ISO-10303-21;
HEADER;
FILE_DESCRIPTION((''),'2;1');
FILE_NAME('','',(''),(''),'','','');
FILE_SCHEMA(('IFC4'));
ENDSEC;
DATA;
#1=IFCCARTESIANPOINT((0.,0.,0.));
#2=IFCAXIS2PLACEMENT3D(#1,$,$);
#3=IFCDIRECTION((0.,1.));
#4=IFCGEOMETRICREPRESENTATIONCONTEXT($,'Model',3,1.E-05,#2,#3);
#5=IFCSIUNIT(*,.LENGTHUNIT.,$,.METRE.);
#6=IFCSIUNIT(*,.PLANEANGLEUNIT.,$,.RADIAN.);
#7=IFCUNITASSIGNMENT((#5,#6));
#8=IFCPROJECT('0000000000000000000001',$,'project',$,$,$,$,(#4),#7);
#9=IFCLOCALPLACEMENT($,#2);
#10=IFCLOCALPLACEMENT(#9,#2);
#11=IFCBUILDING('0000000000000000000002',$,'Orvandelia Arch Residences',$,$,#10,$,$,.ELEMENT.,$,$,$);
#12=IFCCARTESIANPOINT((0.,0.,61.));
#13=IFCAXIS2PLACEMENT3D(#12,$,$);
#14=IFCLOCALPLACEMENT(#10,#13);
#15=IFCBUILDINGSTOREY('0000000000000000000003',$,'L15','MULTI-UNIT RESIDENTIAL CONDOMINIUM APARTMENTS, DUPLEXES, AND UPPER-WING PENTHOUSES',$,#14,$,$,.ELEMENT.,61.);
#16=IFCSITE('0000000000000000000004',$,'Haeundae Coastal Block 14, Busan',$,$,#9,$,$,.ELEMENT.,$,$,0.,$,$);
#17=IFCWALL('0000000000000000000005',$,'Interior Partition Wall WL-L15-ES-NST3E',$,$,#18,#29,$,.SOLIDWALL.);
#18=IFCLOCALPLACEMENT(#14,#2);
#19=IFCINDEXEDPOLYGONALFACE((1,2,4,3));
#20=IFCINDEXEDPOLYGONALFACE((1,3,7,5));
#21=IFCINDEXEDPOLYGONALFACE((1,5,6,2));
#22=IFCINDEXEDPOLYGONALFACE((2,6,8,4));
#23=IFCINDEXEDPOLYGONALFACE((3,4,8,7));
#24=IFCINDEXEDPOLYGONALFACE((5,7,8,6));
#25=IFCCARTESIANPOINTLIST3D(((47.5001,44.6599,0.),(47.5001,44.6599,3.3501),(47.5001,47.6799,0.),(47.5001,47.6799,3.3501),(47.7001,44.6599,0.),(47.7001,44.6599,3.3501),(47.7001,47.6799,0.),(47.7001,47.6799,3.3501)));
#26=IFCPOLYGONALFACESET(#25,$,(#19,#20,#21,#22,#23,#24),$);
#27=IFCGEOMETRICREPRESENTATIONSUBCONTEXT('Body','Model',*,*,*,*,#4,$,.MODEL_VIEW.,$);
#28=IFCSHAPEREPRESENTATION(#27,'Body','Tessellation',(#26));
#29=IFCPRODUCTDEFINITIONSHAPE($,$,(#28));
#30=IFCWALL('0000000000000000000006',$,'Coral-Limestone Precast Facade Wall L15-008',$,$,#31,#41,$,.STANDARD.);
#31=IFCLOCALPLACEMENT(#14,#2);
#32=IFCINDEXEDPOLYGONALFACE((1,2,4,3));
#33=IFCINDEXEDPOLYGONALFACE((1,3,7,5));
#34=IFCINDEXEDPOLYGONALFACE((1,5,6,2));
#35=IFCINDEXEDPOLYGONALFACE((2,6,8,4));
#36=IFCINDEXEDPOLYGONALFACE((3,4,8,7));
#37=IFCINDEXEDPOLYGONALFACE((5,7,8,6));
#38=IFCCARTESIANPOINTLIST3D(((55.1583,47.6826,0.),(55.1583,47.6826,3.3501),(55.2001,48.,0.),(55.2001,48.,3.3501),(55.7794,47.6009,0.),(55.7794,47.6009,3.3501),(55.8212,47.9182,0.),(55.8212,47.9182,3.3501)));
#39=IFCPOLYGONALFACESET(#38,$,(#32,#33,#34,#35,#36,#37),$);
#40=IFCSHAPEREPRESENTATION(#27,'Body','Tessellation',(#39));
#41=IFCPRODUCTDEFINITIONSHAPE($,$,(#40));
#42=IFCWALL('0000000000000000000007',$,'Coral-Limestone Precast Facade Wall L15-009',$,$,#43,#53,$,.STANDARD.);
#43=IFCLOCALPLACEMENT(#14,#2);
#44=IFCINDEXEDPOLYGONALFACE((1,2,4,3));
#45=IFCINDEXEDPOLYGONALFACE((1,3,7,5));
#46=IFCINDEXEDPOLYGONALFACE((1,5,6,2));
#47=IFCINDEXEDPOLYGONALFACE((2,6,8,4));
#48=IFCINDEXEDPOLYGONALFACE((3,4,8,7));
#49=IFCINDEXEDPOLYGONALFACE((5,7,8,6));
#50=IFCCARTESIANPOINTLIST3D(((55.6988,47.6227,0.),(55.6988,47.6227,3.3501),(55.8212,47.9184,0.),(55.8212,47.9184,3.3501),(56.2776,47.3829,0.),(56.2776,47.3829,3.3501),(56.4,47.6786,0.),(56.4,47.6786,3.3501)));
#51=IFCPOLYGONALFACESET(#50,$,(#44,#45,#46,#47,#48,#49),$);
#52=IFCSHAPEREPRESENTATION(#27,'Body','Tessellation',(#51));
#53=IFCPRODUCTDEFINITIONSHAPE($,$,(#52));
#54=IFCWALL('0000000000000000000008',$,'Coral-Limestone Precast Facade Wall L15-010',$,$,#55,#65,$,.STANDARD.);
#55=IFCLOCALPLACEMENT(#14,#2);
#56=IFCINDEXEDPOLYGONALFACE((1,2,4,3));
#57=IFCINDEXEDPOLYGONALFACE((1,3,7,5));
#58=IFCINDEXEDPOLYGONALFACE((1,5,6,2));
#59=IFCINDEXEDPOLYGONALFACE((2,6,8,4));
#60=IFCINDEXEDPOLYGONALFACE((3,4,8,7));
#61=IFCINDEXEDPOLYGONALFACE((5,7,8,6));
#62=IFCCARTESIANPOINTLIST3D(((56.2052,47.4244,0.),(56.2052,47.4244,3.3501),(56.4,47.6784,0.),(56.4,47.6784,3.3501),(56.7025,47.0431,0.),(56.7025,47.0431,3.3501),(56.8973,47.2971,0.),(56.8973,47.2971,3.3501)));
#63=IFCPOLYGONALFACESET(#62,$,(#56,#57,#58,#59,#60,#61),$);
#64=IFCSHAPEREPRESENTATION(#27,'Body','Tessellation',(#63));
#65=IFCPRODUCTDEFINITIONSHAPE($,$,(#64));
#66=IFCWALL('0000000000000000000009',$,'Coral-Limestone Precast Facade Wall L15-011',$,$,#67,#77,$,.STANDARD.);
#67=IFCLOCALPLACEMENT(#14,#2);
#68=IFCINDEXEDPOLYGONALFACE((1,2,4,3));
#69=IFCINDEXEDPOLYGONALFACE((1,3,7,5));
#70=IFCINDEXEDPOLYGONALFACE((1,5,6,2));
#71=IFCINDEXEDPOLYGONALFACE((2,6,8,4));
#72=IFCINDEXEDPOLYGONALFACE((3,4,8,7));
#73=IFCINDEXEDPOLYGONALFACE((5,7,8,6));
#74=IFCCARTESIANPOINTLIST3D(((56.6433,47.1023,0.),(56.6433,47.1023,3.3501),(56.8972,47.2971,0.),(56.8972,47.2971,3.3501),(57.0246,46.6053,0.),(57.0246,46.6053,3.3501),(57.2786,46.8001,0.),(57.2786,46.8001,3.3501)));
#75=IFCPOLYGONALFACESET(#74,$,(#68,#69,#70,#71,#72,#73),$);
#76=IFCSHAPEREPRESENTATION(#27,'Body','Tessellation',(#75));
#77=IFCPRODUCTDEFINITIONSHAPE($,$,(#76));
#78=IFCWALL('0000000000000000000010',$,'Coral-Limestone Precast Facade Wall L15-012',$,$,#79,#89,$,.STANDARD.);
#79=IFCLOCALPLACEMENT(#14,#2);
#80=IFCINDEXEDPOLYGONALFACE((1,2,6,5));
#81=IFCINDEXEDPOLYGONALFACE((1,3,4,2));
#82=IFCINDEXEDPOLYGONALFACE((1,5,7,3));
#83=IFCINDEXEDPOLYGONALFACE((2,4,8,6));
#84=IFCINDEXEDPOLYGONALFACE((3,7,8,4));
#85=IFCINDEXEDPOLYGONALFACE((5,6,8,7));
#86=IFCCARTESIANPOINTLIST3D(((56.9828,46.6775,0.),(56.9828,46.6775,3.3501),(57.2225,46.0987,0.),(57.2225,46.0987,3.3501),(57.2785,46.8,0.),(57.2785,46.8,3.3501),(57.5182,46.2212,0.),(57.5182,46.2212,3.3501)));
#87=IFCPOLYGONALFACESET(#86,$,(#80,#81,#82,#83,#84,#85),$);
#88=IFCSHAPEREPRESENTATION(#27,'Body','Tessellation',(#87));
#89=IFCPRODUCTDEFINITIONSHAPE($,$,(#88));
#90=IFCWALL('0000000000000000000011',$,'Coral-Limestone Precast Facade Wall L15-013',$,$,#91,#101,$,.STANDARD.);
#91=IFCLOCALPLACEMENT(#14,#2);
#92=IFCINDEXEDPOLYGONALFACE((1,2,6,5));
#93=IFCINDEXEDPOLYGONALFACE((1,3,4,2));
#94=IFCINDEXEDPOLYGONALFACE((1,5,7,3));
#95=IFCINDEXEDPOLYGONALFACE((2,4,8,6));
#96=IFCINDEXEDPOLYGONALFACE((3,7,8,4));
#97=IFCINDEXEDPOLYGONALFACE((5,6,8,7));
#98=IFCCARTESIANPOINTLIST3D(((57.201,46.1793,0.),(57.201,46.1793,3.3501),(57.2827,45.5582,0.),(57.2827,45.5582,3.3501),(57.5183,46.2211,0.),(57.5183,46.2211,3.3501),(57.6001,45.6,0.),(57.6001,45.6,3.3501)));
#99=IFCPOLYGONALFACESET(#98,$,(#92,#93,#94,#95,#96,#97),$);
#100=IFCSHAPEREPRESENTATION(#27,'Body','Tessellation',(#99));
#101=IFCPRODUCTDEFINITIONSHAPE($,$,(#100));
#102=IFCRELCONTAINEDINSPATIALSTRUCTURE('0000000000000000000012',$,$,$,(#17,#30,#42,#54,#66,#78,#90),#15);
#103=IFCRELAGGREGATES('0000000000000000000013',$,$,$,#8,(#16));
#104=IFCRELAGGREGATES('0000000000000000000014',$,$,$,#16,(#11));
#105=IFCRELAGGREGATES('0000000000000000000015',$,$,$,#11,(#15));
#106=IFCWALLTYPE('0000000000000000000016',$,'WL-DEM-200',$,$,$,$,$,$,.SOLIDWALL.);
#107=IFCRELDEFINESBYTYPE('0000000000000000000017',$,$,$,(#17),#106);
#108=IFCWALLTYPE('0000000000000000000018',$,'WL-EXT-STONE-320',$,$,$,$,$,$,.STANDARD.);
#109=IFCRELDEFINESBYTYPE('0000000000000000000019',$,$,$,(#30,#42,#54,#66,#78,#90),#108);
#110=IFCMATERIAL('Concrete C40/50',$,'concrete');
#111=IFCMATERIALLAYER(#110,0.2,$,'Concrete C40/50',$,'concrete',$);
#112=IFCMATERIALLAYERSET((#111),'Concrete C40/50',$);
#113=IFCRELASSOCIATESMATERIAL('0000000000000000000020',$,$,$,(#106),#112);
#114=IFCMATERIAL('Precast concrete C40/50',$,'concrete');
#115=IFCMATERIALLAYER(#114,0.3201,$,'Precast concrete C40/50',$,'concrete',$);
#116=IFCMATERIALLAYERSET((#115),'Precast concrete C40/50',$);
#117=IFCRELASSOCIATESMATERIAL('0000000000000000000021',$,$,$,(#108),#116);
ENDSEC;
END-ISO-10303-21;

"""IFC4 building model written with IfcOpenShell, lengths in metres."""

from ifc_helpers import new_model, si_unit, direction, frame, frame_2d, origin, place, context, subcontext, project, spatial, rectangle, extrude, material, layer, layer_set, type_object, element, save


model = new_model("IFC4")

# Units and contexts
model_context = context("Model", 3, precision=1e-05, world=origin(), true_north=direction((0.0, 1.0)))
body_context = subcontext(model_context, "Body", "Model", "MODEL_VIEW")
ifc_project = project(units=[si_unit("LENGTHUNIT", "METRE"), si_unit("PLANEANGLEUNIT", "RADIAN")], contexts=[model_context])

# Site, building, storey
site_placement = place(None, origin())
site = spatial("IfcSite", under=ifc_project, at=site_placement, Name="Haeundae Coastal Block 14, Busan", CompositionType="ELEMENT", RefElevation=0.0)
building_placement = place(site_placement, origin())
building = spatial("IfcBuilding", under=site, at=building_placement, Name="Orvandelia Arch Residences", CompositionType="ELEMENT")
storey_placement = place(building_placement, frame((0.0, 0.0, 61.0)))
storey = spatial("IfcBuildingStorey", under=building, at=storey_placement, Name="L15", Description="MULTI-UNIT RESIDENTIAL CONDOMINIUM APARTMENTS, DUPLEXES, AND UPPER-WING PENTHOUSES", CompositionType="ELEMENT", Elevation=61.0)

# Walls
ifc_material_1 = material(Name="Concrete C40/50", Category="concrete")
ifc_layer_1 = layer(ifc_material_1, 0.2, Name="Concrete C40/50", Category="concrete")
ifc_layer_set_1 = layer_set([ifc_layer_1], Name="Concrete C40/50")
wall_type_1 = type_object("IfcWallType", Name="WL-DEM-200", PredefinedType="SOLIDWALL", material=ifc_layer_set_1)
wall_1_placement = place(storey_placement, frame((47.6001, 44.6599, 0.0), z_axis=(0.0, 0.0, 1.0), x_axis=(0.0, 1.0, 0.0)))
element("IfcWall", 1, at=wall_1_placement, inside=storey, type_object=wall_type_1, Name="Interior Partition Wall WL-L15-ES-NST3E", PredefinedType="SOLIDWALL", context=body_context, shape_type="SweptSolid", body=[
    extrude(rectangle(XDim=3.02, YDim=0.2, at=frame_2d((1.51, 0.0))), origin(), (0.0, 0.0, 1.0), 3.3501),
])
ifc_material_2 = material(Name="Precast concrete C40/50", Category="concrete")
ifc_layer_2 = layer(ifc_material_2, 0.3201, Name="Precast concrete C40/50", Category="concrete")
ifc_layer_set_2 = layer_set([ifc_layer_2], Name="Precast concrete C40/50")
wall_type_2 = type_object("IfcWallType", Name="WL-EXT-STONE-320", PredefinedType="STANDARD", material=ifc_layer_set_2)
for number, where, z_axis, x_axis, name in (
    (2, (55.1792, 47.8413, 0.0), (0.0, 0.0, 1.0), (0.991441, -0.130555, 0.0), "Coral-Limestone Precast Facade Wall L15-008"),
    (3, (55.76, 47.7705, 0.0), (0.0, 0.0, 1.0), (0.923893, -0.38265, 0.0), "Coral-Limestone Precast Facade Wall L15-009"),
):
    element("IfcWall", number, at=place(storey_placement, frame(where, z_axis=z_axis, x_axis=x_axis)), inside=storey, type_object=wall_type_2, Name=name, PredefinedType="STANDARD", context=body_context, shape_type="SweptSolid", body=[
        extrude(rectangle(XDim=0.6265, YDim=0.3201, at=frame_2d((0.3132, 0.0))), origin(), (0.0, 0.0, 1.0), 3.3501),
    ])
wall_2_placement = place(storey_placement, frame((56.3025, 47.5515, 0.0), z_axis=(0.0, 0.0, 1.0), x_axis=(0.79355, -0.608505, 0.0)))
element("IfcWall", 4, at=wall_2_placement, inside=storey, type_object=wall_type_2, Name="Coral-Limestone Precast Facade Wall L15-010", PredefinedType="STANDARD", context=body_context, shape_type="SweptSolid", body=[
    extrude(rectangle(XDim=0.6267, YDim=0.3201, at=frame_2d((0.3135, 0.0))), origin(), (0.0, 0.0, 1.0), 3.3501),
])
for number, where, z_axis, x_axis, name in (
    (5, (56.7703, 47.1997, 0.0), (0.0, 0.0, 1.0), (0.608693, -0.793406, 0.0), "Coral-Limestone Precast Facade Wall L15-011"),
    (6, (57.1306, 46.7388, 0.0), (0.0, 0.0, 1.0), (0.38265, -0.923893, 0.0), "Coral-Limestone Precast Facade Wall L15-012"),
    (7, (57.3596, 46.2002, 0.0), (0.0, 0.0, 1.0), (0.130555, -0.991441, 0.0), "Coral-Limestone Precast Facade Wall L15-013"),
):
    element("IfcWall", number, at=place(storey_placement, frame(where, z_axis=z_axis, x_axis=x_axis)), inside=storey, type_object=wall_type_2, Name=name, PredefinedType="STANDARD", context=body_context, shape_type="SweptSolid", body=[
        extrude(rectangle(XDim=0.6265, YDim=0.3201, at=frame_2d((0.3132, 0.0))), origin(), (0.0, 0.0, 1.0), 3.3501),
    ])

save(model, "model.ifc")
